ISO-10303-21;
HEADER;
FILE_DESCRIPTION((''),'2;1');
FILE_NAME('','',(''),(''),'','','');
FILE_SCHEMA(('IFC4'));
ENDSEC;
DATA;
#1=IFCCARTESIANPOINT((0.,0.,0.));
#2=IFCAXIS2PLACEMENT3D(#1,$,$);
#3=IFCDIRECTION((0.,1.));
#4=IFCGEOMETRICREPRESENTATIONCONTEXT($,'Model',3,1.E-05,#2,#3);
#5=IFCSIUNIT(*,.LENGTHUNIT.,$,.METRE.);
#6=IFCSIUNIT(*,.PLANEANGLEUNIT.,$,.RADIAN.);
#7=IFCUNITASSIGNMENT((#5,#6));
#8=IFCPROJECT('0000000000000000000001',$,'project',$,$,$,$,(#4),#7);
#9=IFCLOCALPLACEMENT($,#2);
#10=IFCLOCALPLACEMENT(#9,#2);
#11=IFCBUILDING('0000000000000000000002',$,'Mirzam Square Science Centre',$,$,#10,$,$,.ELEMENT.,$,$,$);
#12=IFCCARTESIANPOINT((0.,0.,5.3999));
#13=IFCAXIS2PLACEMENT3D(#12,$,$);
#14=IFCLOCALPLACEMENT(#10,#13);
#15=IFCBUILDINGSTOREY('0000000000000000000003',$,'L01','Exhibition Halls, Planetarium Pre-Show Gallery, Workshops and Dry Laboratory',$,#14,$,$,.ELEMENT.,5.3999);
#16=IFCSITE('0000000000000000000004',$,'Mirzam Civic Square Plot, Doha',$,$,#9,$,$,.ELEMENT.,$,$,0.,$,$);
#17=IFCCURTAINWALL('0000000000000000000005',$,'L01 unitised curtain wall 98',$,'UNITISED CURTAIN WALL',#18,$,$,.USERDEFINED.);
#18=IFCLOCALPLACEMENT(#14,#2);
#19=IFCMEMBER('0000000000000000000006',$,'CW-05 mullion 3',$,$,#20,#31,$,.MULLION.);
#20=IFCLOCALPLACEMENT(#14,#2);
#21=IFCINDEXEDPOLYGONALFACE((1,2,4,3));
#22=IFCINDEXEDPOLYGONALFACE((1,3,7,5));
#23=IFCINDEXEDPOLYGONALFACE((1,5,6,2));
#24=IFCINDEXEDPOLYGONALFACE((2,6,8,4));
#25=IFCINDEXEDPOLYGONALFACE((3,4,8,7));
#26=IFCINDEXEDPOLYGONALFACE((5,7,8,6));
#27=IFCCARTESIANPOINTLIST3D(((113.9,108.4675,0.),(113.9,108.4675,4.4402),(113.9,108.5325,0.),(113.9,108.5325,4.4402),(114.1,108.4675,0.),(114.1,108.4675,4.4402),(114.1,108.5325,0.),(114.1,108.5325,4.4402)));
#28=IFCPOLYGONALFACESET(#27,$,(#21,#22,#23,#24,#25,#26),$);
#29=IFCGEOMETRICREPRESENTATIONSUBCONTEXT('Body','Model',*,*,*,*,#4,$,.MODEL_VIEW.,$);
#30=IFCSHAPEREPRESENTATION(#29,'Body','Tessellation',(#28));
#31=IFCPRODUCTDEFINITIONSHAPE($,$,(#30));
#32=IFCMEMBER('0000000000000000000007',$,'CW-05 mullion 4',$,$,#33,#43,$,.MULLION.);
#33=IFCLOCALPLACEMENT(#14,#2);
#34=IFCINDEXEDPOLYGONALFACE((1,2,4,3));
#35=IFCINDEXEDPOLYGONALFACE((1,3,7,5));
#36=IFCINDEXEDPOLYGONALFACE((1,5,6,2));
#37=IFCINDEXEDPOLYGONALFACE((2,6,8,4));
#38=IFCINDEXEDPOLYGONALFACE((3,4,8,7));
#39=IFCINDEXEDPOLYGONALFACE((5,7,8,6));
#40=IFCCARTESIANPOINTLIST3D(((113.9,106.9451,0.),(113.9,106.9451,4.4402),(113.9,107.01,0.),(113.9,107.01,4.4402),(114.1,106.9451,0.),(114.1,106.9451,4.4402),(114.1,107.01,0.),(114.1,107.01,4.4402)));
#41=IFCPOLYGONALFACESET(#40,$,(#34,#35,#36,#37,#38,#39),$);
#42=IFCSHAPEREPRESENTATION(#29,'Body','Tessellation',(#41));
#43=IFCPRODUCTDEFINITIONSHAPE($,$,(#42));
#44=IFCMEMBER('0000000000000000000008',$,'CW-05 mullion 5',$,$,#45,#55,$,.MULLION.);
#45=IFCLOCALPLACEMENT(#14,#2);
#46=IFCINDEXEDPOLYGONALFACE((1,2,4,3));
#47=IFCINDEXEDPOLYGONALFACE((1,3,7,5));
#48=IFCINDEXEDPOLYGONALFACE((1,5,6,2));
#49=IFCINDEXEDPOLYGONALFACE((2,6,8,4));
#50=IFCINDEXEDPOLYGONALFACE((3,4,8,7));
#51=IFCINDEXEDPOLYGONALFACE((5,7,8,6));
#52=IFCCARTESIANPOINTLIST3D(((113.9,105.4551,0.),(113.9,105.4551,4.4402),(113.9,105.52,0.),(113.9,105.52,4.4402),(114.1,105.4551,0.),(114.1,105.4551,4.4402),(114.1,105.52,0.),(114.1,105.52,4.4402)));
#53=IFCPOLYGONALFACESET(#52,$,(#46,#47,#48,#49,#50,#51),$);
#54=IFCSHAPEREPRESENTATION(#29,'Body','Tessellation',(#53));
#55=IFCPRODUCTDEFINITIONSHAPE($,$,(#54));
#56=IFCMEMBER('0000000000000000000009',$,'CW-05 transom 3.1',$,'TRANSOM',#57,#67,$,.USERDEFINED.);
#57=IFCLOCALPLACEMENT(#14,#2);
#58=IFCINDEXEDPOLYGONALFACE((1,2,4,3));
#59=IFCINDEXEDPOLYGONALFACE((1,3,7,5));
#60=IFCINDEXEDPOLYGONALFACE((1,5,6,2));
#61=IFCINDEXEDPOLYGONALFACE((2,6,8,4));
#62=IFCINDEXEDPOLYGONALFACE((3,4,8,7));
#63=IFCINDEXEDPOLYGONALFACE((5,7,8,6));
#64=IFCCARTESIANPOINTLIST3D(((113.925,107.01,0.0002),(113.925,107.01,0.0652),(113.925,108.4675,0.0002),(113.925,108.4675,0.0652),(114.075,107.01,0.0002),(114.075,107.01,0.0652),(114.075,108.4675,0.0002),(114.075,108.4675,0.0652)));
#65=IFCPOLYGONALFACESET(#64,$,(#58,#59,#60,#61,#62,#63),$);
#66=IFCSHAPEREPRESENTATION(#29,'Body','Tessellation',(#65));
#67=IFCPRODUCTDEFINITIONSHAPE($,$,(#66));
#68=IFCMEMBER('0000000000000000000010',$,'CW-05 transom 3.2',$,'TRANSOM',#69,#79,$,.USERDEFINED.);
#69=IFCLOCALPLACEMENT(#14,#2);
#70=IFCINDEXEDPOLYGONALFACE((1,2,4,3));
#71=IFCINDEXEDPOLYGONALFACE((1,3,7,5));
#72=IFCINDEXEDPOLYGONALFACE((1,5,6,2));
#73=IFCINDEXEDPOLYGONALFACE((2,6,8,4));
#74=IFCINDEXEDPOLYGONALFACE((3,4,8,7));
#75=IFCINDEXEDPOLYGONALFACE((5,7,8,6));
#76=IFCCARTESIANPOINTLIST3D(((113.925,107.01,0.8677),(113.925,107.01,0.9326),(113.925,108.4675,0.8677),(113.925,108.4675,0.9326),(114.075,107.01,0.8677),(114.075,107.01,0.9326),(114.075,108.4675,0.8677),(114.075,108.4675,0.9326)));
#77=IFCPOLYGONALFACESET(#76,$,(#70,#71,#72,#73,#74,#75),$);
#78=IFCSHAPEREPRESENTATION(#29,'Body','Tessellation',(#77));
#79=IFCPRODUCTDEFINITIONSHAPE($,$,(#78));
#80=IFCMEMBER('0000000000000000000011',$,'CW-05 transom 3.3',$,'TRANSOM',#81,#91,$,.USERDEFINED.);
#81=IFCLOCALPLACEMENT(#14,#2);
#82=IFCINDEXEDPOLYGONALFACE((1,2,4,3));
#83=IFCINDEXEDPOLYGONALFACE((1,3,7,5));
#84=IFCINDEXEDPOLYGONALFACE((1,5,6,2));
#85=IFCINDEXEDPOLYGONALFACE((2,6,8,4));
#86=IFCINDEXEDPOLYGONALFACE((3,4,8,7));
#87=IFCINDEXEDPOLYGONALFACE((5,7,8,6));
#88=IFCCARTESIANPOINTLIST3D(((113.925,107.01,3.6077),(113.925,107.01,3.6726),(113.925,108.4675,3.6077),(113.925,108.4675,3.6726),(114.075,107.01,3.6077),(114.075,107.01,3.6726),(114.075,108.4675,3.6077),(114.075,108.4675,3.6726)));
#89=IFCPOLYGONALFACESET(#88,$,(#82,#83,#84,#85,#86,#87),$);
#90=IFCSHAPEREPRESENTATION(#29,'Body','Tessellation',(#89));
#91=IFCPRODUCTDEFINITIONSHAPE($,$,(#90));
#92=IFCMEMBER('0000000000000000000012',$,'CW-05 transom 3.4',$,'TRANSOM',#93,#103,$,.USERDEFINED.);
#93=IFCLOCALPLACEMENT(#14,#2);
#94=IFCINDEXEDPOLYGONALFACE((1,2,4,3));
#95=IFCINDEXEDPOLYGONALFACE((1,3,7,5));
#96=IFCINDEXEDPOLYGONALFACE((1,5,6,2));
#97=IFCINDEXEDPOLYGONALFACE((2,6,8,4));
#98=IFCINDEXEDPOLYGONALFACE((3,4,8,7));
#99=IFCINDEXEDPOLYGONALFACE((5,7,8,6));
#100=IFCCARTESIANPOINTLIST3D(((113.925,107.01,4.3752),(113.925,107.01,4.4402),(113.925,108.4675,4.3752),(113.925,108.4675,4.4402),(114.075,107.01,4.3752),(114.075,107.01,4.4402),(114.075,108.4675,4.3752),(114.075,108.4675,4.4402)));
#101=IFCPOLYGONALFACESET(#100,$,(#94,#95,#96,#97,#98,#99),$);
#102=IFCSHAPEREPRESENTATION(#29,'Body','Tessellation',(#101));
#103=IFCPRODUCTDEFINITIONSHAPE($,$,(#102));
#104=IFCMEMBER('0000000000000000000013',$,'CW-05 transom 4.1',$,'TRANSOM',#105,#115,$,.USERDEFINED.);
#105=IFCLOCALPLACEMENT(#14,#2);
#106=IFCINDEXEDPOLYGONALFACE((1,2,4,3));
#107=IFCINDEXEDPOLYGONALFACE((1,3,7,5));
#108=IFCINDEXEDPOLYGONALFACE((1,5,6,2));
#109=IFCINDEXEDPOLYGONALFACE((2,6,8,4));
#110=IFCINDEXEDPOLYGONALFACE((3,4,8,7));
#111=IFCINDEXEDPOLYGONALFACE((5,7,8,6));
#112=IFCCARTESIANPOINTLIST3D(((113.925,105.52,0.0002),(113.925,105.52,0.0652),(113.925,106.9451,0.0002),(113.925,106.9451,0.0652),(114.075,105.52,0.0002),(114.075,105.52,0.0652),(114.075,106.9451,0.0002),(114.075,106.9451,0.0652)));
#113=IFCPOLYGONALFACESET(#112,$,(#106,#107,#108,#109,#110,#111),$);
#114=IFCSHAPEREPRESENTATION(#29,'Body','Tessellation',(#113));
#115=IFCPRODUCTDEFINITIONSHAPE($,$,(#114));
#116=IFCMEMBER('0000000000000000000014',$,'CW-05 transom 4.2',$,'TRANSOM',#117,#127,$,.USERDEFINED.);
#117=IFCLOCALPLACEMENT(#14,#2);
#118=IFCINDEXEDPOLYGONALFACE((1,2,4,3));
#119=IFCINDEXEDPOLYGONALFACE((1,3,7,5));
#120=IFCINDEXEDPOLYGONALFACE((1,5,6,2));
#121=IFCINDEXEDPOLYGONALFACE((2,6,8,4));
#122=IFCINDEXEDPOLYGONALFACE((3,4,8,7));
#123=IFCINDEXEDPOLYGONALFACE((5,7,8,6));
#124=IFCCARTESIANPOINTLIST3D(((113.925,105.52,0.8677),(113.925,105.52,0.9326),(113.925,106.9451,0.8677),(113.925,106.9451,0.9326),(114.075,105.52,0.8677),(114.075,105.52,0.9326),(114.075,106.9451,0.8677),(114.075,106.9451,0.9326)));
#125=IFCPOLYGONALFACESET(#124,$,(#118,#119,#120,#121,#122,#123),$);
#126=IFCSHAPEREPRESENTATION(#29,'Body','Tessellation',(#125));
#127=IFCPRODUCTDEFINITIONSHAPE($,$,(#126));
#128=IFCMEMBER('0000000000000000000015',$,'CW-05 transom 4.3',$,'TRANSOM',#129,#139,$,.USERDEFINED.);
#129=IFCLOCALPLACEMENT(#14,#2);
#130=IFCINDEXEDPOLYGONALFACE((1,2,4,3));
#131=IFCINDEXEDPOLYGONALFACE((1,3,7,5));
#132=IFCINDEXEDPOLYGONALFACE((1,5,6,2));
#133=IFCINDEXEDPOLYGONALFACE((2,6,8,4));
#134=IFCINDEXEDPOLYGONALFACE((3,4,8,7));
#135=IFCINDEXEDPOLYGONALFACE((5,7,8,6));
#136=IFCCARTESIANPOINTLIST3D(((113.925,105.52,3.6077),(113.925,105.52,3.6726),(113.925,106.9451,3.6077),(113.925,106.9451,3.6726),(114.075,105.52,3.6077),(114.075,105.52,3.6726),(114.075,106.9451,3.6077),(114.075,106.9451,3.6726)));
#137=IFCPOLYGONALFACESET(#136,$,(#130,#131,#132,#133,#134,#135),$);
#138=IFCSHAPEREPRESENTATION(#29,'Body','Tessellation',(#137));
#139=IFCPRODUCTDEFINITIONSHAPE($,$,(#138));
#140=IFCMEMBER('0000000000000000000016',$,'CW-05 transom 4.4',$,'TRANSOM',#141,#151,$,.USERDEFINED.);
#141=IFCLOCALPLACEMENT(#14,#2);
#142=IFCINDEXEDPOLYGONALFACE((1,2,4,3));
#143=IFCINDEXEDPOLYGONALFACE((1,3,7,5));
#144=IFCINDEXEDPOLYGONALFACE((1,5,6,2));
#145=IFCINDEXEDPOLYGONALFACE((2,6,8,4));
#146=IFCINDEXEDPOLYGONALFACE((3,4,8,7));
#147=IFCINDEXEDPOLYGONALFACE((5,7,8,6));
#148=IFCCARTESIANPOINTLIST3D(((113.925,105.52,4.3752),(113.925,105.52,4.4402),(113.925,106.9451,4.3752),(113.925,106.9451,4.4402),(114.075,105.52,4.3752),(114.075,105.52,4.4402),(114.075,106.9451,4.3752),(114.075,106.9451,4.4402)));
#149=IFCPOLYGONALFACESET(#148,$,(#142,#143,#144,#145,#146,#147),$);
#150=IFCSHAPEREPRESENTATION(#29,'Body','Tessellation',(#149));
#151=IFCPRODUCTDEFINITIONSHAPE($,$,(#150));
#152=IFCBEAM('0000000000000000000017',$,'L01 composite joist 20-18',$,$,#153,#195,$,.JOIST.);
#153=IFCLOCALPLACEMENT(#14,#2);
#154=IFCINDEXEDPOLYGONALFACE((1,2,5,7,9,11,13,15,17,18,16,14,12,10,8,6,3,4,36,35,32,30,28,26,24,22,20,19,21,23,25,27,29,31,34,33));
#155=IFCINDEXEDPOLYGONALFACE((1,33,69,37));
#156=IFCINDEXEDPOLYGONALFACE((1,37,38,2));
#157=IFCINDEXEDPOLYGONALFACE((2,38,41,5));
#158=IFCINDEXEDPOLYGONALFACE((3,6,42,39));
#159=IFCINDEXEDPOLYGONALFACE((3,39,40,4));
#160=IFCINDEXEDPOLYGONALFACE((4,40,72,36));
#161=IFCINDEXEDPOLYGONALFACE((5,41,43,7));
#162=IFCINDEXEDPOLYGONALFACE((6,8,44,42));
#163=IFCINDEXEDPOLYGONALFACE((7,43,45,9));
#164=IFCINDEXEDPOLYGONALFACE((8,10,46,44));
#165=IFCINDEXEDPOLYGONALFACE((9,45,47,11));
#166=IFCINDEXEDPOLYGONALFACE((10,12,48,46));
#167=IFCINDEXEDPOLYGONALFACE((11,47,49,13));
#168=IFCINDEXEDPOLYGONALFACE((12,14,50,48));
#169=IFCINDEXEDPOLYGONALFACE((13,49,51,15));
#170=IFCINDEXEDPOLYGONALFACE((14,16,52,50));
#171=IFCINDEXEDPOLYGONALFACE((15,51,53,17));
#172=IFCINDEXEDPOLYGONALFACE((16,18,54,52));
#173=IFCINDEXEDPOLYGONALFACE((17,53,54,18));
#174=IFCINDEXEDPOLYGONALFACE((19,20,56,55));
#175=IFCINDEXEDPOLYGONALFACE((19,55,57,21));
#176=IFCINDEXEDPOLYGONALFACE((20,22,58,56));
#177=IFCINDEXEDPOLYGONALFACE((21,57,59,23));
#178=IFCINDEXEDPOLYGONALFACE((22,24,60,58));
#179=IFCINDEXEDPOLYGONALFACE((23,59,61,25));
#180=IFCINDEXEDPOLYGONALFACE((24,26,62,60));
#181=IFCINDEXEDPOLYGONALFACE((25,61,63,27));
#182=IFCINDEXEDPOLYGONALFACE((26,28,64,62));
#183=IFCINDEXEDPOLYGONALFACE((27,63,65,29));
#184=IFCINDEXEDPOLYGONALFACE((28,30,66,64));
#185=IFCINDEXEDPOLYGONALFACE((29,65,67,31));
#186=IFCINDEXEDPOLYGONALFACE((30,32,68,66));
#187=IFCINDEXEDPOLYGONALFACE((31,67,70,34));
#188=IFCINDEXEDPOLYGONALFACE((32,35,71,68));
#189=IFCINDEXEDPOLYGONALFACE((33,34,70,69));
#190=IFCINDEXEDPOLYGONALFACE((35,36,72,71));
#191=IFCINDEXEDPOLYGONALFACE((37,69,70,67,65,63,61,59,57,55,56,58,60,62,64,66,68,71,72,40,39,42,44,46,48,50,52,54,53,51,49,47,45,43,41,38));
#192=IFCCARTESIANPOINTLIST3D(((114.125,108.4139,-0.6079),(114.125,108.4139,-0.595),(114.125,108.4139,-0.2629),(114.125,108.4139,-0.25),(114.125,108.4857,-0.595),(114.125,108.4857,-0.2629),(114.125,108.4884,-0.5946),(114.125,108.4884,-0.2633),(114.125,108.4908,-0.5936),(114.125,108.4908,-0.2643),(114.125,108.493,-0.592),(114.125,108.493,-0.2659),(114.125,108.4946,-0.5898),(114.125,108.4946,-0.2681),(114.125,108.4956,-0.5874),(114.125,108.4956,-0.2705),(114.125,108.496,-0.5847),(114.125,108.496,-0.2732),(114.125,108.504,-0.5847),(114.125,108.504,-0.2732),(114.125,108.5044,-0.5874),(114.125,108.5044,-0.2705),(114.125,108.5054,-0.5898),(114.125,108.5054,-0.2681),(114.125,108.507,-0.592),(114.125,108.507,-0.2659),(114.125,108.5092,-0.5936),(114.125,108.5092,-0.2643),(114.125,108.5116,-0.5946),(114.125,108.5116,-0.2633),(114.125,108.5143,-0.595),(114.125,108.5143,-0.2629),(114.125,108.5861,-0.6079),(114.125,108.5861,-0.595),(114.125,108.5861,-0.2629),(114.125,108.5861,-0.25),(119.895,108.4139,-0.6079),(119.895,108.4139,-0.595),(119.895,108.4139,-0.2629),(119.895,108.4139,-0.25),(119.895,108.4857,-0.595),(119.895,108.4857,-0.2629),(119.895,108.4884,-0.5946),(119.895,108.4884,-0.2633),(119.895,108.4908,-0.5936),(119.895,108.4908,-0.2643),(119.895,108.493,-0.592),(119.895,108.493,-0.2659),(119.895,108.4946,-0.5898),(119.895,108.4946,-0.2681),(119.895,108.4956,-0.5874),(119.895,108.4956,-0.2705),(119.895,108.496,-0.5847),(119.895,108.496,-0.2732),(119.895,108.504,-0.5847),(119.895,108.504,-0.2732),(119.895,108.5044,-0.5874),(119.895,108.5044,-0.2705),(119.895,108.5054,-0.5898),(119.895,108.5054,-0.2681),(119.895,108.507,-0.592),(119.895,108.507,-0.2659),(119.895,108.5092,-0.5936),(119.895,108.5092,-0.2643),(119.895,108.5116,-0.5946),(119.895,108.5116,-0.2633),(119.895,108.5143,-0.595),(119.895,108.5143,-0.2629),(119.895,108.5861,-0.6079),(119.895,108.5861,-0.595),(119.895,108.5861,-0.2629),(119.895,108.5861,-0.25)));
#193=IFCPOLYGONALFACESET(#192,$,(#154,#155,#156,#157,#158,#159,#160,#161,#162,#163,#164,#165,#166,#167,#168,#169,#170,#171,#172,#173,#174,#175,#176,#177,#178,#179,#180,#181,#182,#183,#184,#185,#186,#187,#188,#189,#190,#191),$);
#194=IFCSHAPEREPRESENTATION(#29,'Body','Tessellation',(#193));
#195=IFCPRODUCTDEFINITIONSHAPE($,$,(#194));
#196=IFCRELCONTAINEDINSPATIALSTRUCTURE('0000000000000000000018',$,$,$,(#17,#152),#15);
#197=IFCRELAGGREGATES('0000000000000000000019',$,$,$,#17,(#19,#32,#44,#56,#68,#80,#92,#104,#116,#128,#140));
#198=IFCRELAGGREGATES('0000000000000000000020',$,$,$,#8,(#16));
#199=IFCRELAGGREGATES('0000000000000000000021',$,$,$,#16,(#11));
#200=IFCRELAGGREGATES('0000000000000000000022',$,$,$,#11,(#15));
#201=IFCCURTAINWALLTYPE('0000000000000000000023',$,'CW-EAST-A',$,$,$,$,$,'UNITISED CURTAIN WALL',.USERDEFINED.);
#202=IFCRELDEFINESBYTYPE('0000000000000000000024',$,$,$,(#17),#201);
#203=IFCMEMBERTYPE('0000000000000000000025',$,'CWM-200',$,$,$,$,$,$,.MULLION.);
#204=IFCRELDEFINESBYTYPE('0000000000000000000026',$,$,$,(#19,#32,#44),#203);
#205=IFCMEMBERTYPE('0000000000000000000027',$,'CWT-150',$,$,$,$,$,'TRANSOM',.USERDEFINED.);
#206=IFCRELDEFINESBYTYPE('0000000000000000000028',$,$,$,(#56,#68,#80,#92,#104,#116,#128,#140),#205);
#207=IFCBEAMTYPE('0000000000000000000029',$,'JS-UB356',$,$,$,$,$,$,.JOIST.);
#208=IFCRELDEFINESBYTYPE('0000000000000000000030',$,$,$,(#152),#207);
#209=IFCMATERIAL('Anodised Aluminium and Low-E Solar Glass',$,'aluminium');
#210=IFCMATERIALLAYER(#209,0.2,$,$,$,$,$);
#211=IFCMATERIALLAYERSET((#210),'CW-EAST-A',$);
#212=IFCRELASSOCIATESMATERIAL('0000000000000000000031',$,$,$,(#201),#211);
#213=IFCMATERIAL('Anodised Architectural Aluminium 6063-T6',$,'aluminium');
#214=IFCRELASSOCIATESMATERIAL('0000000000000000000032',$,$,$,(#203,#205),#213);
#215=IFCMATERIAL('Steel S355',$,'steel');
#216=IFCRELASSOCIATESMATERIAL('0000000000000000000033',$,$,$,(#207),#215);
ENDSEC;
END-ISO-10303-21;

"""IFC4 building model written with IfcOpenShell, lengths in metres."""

from ifc_helpers import new_model, si_unit, direction, frame, origin, origin_2d, place, context, subcontext, project, spatial, rectangle, i_section, extrude, material, layer, layer_set, material_profile, profile_set, type_object, element, aggregate, save


model = new_model("IFC4")

# Units and contexts
model_context = context("Model", 3, precision=1e-05, world=origin(), true_north=direction((0.0, 1.0)))
body_context = subcontext(model_context, "Body", "Model", "MODEL_VIEW")
ifc_project = project(units=[si_unit("LENGTHUNIT", "METRE"), si_unit("PLANEANGLEUNIT", "RADIAN")], contexts=[model_context])

# Site, building, storey
site_placement = place(None, origin())
site = spatial("IfcSite", under=ifc_project, at=site_placement, Name="Mirzam Civic Square Plot, Doha", CompositionType="ELEMENT", RefElevation=0.0)
building_placement = place(site_placement, origin())
building = spatial("IfcBuilding", under=site, at=building_placement, Name="Mirzam Square Science Centre", CompositionType="ELEMENT")
storey_placement = place(building_placement, frame((0.0, 0.0, 5.3999)))
storey = spatial("IfcBuildingStorey", under=building, at=storey_placement, Name="L01", Description="Exhibition Halls, Planetarium Pre-Show Gallery, Workshops and Dry Laboratory", CompositionType="ELEMENT", Elevation=5.3999)

# Curtain wall, members
ifc_material_1 = material(Name="Anodised Aluminium and Low-E Solar Glass", Category="aluminium")
ifc_layer_1 = layer(ifc_material_1, 0.2)
ifc_layer_set_1 = layer_set([ifc_layer_1], Name="CW-EAST-A")
curtain_wall_type = type_object("IfcCurtainWallType", Name="CW-EAST-A", ElementType="UNITISED CURTAIN WALL", PredefinedType="USERDEFINED", material=ifc_layer_set_1)
curtain_wall_placement = place(storey_placement, origin())
curtain_wall = element("IfcCurtainWall", 1, at=curtain_wall_placement, inside=storey, type_object=curtain_wall_type, Name="L01 unitised curtain wall 98", ObjectType="UNITISED CURTAIN WALL", PredefinedType="USERDEFINED")
ifc_material_2 = material(Name="Anodised Architectural Aluminium 6063-T6", Category="aluminium")
ifc_material_profile_1 = material_profile(ifc_material_2, rectangle(XDim=0.0649, YDim=0.2, at=origin_2d()), Name="ALU-MULL-200x65x5")
ifc_profile_set_1 = profile_set([ifc_material_profile_1], Name="Anodised Architectural Aluminium 6063-T6")
member_type_1 = type_object("IfcMemberType", Name="CWM-200", PredefinedType="MULLION", material=ifc_profile_set_1)
member_1_placement = place(storey_placement, frame((114.0, 108.5, 0.0), z_axis=(0.0, 0.0, 1.0), x_axis=(0.0, -1.0, 0.0)))
member_1 = element("IfcMember", 2, at=member_1_placement, type_object=member_type_1, Name="CW-05 mullion 3", PredefinedType="MULLION", context=body_context, shape_type="SweptSolid", body=[
    extrude(rectangle(XDim=0.0649, YDim=0.2, at=origin_2d()), origin(), (0.0, 0.0, 1.0), 4.4402),
])
member_2_placement = place(storey_placement, frame((114.0, 106.9775, 0.0), z_axis=(0.0, 0.0, 1.0), x_axis=(0.0, -1.0, 0.0)))
member_2 = element("IfcMember", 3, at=member_2_placement, type_object=member_type_1, Name="CW-05 mullion 4", PredefinedType="MULLION", context=body_context, shape_type="SweptSolid", body=[
    extrude(rectangle(XDim=0.0649, YDim=0.2, at=origin_2d()), origin(), (0.0, 0.0, 1.0), 4.4402),
])
member_3_placement = place(storey_placement, frame((114.0, 105.4875, 0.0), z_axis=(0.0, 0.0, 1.0), x_axis=(0.0, -1.0, 0.0)))
member_3 = element("IfcMember", 4, at=member_3_placement, type_object=member_type_1, Name="CW-05 mullion 5", PredefinedType="MULLION", context=body_context, shape_type="SweptSolid", body=[
    extrude(rectangle(XDim=0.0649, YDim=0.2, at=origin_2d()), origin(), (0.0, 0.0, 1.0), 4.4402),
])
ifc_material_profile_2 = material_profile(ifc_material_2, rectangle(XDim=0.1499, YDim=0.0649, at=origin_2d()), Name="ALU-TRAN-150x65x4")
ifc_profile_set_2 = profile_set([ifc_material_profile_2], Name="Anodised Architectural Aluminium 6063-T6")
member_type_2 = type_object("IfcMemberType", Name="CWT-150", ElementType="TRANSOM", PredefinedType="USERDEFINED", material=ifc_profile_set_2)
member_4_placement = place(storey_placement, frame((114.0, 108.4675, 0.0327), z_axis=(0.0, -1.0, 0.0), x_axis=(1.0, 0.0, 0.0)))
member_4 = element("IfcMember", 5, at=member_4_placement, type_object=member_type_2, Name="CW-05 transom 3.1", ObjectType="TRANSOM", PredefinedType="USERDEFINED", context=body_context, shape_type="SweptSolid", body=[
    extrude(rectangle(XDim=0.1499, YDim=0.0649, at=origin_2d()), origin(), (0.0, 0.0, 1.0), 1.4575),
])
member_5_placement = place(storey_placement, frame((114.0, 108.4675, 0.9001), z_axis=(0.0, -1.0, 0.0), x_axis=(1.0, 0.0, 0.0)))
member_5 = element("IfcMember", 6, at=member_5_placement, type_object=member_type_2, Name="CW-05 transom 3.2", ObjectType="TRANSOM", PredefinedType="USERDEFINED", context=body_context, shape_type="SweptSolid", body=[
    extrude(rectangle(XDim=0.1499, YDim=0.0649, at=origin_2d()), origin(), (0.0, 0.0, 1.0), 1.4575),
])
member_6_placement = place(storey_placement, frame((114.0, 108.4675, 3.6401), z_axis=(0.0, -1.0, 0.0), x_axis=(1.0, 0.0, 0.0)))
member_6 = element("IfcMember", 7, at=member_6_placement, type_object=member_type_2, Name="CW-05 transom 3.3", ObjectType="TRANSOM", PredefinedType="USERDEFINED", context=body_context, shape_type="SweptSolid", body=[
    extrude(rectangle(XDim=0.1499, YDim=0.0649, at=origin_2d()), origin(), (0.0, 0.0, 1.0), 1.4575),
])
member_7_placement = place(storey_placement, frame((114.0, 108.4675, 4.4077), z_axis=(0.0, -1.0, 0.0), x_axis=(1.0, 0.0, 0.0)))
member_7 = element("IfcMember", 8, at=member_7_placement, type_object=member_type_2, Name="CW-05 transom 3.4", ObjectType="TRANSOM", PredefinedType="USERDEFINED", context=body_context, shape_type="SweptSolid", body=[
    extrude(rectangle(XDim=0.1499, YDim=0.0649, at=origin_2d()), origin(), (0.0, 0.0, 1.0), 1.4575),
])
member_8_placement = place(storey_placement, frame((114.0, 106.9451, 0.0327), z_axis=(0.0, -1.0, 0.0), x_axis=(1.0, 0.0, 0.0)))
member_8 = element("IfcMember", 9, at=member_8_placement, type_object=member_type_2, Name="CW-05 transom 4.1", ObjectType="TRANSOM", PredefinedType="USERDEFINED", context=body_context, shape_type="SweptSolid", body=[
    extrude(rectangle(XDim=0.1499, YDim=0.0649, at=origin_2d()), origin(), (0.0, 0.0, 1.0), 1.425),
])
member_9_placement = place(storey_placement, frame((114.0, 106.9451, 0.9001), z_axis=(0.0, -1.0, 0.0), x_axis=(1.0, 0.0, 0.0)))
member_9 = element("IfcMember", 10, at=member_9_placement, type_object=member_type_2, Name="CW-05 transom 4.2", ObjectType="TRANSOM", PredefinedType="USERDEFINED", context=body_context, shape_type="SweptSolid", body=[
    extrude(rectangle(XDim=0.1499, YDim=0.0649, at=origin_2d()), origin(), (0.0, 0.0, 1.0), 1.425),
])
member_10_placement = place(storey_placement, frame((114.0, 106.9451, 3.6401), z_axis=(0.0, -1.0, 0.0), x_axis=(1.0, 0.0, 0.0)))
member_10 = element("IfcMember", 11, at=member_10_placement, type_object=member_type_2, Name="CW-05 transom 4.3", ObjectType="TRANSOM", PredefinedType="USERDEFINED", context=body_context, shape_type="SweptSolid", body=[
    extrude(rectangle(XDim=0.1499, YDim=0.0649, at=origin_2d()), origin(), (0.0, 0.0, 1.0), 1.425),
])
member_11_placement = place(storey_placement, frame((114.0, 106.9451, 4.4077), z_axis=(0.0, -1.0, 0.0), x_axis=(1.0, 0.0, 0.0)))
member_11 = element("IfcMember", 12, at=member_11_placement, type_object=member_type_2, Name="CW-05 transom 4.4", ObjectType="TRANSOM", PredefinedType="USERDEFINED", context=body_context, shape_type="SweptSolid", body=[
    extrude(rectangle(XDim=0.1499, YDim=0.0649, at=origin_2d()), origin(), (0.0, 0.0, 1.0), 1.425),
])

# Beam
ifc_material_3 = material(Name="Steel S355", Category="steel")
ifc_material_profile_3 = material_profile(ifc_material_3, i_section(OverallWidth=0.1721, OverallDepth=0.3579, WebThickness=0.0081, FlangeThickness=0.0129, FilletRadius=0.0103, at=origin_2d()), Name="356x171x57UB")
ifc_profile_set_3 = profile_set([ifc_material_profile_3], Name="Steel S355")
beam_type_1 = type_object("IfcBeamType", Name="JS-UB356", PredefinedType="JOIST", material=ifc_profile_set_3)
beam_1_placement = place(storey_placement, frame((114.125, 108.5, -0.429), z_axis=(1.0, 0.0, 0.0), x_axis=(0.0, 1.0, 0.0)))
element("IfcBeam", 13, at=beam_1_placement, inside=storey, type_object=beam_type_1, Name="L01 composite joist 20-18", PredefinedType="JOIST", context=body_context, shape_type="SweptSolid", body=[
    extrude(i_section(OverallWidth=0.1721, OverallDepth=0.3579, WebThickness=0.0081, FlangeThickness=0.0129, FilletRadius=0.0103, at=origin_2d()), origin(), (0.0, 0.0, 1.0), 5.77),
])

aggregate(curtain_wall, [member_1, member_2, member_3, member_4, member_5, member_6, member_7, member_8, member_9, member_10, member_11])

save(model, "model.ifc")
